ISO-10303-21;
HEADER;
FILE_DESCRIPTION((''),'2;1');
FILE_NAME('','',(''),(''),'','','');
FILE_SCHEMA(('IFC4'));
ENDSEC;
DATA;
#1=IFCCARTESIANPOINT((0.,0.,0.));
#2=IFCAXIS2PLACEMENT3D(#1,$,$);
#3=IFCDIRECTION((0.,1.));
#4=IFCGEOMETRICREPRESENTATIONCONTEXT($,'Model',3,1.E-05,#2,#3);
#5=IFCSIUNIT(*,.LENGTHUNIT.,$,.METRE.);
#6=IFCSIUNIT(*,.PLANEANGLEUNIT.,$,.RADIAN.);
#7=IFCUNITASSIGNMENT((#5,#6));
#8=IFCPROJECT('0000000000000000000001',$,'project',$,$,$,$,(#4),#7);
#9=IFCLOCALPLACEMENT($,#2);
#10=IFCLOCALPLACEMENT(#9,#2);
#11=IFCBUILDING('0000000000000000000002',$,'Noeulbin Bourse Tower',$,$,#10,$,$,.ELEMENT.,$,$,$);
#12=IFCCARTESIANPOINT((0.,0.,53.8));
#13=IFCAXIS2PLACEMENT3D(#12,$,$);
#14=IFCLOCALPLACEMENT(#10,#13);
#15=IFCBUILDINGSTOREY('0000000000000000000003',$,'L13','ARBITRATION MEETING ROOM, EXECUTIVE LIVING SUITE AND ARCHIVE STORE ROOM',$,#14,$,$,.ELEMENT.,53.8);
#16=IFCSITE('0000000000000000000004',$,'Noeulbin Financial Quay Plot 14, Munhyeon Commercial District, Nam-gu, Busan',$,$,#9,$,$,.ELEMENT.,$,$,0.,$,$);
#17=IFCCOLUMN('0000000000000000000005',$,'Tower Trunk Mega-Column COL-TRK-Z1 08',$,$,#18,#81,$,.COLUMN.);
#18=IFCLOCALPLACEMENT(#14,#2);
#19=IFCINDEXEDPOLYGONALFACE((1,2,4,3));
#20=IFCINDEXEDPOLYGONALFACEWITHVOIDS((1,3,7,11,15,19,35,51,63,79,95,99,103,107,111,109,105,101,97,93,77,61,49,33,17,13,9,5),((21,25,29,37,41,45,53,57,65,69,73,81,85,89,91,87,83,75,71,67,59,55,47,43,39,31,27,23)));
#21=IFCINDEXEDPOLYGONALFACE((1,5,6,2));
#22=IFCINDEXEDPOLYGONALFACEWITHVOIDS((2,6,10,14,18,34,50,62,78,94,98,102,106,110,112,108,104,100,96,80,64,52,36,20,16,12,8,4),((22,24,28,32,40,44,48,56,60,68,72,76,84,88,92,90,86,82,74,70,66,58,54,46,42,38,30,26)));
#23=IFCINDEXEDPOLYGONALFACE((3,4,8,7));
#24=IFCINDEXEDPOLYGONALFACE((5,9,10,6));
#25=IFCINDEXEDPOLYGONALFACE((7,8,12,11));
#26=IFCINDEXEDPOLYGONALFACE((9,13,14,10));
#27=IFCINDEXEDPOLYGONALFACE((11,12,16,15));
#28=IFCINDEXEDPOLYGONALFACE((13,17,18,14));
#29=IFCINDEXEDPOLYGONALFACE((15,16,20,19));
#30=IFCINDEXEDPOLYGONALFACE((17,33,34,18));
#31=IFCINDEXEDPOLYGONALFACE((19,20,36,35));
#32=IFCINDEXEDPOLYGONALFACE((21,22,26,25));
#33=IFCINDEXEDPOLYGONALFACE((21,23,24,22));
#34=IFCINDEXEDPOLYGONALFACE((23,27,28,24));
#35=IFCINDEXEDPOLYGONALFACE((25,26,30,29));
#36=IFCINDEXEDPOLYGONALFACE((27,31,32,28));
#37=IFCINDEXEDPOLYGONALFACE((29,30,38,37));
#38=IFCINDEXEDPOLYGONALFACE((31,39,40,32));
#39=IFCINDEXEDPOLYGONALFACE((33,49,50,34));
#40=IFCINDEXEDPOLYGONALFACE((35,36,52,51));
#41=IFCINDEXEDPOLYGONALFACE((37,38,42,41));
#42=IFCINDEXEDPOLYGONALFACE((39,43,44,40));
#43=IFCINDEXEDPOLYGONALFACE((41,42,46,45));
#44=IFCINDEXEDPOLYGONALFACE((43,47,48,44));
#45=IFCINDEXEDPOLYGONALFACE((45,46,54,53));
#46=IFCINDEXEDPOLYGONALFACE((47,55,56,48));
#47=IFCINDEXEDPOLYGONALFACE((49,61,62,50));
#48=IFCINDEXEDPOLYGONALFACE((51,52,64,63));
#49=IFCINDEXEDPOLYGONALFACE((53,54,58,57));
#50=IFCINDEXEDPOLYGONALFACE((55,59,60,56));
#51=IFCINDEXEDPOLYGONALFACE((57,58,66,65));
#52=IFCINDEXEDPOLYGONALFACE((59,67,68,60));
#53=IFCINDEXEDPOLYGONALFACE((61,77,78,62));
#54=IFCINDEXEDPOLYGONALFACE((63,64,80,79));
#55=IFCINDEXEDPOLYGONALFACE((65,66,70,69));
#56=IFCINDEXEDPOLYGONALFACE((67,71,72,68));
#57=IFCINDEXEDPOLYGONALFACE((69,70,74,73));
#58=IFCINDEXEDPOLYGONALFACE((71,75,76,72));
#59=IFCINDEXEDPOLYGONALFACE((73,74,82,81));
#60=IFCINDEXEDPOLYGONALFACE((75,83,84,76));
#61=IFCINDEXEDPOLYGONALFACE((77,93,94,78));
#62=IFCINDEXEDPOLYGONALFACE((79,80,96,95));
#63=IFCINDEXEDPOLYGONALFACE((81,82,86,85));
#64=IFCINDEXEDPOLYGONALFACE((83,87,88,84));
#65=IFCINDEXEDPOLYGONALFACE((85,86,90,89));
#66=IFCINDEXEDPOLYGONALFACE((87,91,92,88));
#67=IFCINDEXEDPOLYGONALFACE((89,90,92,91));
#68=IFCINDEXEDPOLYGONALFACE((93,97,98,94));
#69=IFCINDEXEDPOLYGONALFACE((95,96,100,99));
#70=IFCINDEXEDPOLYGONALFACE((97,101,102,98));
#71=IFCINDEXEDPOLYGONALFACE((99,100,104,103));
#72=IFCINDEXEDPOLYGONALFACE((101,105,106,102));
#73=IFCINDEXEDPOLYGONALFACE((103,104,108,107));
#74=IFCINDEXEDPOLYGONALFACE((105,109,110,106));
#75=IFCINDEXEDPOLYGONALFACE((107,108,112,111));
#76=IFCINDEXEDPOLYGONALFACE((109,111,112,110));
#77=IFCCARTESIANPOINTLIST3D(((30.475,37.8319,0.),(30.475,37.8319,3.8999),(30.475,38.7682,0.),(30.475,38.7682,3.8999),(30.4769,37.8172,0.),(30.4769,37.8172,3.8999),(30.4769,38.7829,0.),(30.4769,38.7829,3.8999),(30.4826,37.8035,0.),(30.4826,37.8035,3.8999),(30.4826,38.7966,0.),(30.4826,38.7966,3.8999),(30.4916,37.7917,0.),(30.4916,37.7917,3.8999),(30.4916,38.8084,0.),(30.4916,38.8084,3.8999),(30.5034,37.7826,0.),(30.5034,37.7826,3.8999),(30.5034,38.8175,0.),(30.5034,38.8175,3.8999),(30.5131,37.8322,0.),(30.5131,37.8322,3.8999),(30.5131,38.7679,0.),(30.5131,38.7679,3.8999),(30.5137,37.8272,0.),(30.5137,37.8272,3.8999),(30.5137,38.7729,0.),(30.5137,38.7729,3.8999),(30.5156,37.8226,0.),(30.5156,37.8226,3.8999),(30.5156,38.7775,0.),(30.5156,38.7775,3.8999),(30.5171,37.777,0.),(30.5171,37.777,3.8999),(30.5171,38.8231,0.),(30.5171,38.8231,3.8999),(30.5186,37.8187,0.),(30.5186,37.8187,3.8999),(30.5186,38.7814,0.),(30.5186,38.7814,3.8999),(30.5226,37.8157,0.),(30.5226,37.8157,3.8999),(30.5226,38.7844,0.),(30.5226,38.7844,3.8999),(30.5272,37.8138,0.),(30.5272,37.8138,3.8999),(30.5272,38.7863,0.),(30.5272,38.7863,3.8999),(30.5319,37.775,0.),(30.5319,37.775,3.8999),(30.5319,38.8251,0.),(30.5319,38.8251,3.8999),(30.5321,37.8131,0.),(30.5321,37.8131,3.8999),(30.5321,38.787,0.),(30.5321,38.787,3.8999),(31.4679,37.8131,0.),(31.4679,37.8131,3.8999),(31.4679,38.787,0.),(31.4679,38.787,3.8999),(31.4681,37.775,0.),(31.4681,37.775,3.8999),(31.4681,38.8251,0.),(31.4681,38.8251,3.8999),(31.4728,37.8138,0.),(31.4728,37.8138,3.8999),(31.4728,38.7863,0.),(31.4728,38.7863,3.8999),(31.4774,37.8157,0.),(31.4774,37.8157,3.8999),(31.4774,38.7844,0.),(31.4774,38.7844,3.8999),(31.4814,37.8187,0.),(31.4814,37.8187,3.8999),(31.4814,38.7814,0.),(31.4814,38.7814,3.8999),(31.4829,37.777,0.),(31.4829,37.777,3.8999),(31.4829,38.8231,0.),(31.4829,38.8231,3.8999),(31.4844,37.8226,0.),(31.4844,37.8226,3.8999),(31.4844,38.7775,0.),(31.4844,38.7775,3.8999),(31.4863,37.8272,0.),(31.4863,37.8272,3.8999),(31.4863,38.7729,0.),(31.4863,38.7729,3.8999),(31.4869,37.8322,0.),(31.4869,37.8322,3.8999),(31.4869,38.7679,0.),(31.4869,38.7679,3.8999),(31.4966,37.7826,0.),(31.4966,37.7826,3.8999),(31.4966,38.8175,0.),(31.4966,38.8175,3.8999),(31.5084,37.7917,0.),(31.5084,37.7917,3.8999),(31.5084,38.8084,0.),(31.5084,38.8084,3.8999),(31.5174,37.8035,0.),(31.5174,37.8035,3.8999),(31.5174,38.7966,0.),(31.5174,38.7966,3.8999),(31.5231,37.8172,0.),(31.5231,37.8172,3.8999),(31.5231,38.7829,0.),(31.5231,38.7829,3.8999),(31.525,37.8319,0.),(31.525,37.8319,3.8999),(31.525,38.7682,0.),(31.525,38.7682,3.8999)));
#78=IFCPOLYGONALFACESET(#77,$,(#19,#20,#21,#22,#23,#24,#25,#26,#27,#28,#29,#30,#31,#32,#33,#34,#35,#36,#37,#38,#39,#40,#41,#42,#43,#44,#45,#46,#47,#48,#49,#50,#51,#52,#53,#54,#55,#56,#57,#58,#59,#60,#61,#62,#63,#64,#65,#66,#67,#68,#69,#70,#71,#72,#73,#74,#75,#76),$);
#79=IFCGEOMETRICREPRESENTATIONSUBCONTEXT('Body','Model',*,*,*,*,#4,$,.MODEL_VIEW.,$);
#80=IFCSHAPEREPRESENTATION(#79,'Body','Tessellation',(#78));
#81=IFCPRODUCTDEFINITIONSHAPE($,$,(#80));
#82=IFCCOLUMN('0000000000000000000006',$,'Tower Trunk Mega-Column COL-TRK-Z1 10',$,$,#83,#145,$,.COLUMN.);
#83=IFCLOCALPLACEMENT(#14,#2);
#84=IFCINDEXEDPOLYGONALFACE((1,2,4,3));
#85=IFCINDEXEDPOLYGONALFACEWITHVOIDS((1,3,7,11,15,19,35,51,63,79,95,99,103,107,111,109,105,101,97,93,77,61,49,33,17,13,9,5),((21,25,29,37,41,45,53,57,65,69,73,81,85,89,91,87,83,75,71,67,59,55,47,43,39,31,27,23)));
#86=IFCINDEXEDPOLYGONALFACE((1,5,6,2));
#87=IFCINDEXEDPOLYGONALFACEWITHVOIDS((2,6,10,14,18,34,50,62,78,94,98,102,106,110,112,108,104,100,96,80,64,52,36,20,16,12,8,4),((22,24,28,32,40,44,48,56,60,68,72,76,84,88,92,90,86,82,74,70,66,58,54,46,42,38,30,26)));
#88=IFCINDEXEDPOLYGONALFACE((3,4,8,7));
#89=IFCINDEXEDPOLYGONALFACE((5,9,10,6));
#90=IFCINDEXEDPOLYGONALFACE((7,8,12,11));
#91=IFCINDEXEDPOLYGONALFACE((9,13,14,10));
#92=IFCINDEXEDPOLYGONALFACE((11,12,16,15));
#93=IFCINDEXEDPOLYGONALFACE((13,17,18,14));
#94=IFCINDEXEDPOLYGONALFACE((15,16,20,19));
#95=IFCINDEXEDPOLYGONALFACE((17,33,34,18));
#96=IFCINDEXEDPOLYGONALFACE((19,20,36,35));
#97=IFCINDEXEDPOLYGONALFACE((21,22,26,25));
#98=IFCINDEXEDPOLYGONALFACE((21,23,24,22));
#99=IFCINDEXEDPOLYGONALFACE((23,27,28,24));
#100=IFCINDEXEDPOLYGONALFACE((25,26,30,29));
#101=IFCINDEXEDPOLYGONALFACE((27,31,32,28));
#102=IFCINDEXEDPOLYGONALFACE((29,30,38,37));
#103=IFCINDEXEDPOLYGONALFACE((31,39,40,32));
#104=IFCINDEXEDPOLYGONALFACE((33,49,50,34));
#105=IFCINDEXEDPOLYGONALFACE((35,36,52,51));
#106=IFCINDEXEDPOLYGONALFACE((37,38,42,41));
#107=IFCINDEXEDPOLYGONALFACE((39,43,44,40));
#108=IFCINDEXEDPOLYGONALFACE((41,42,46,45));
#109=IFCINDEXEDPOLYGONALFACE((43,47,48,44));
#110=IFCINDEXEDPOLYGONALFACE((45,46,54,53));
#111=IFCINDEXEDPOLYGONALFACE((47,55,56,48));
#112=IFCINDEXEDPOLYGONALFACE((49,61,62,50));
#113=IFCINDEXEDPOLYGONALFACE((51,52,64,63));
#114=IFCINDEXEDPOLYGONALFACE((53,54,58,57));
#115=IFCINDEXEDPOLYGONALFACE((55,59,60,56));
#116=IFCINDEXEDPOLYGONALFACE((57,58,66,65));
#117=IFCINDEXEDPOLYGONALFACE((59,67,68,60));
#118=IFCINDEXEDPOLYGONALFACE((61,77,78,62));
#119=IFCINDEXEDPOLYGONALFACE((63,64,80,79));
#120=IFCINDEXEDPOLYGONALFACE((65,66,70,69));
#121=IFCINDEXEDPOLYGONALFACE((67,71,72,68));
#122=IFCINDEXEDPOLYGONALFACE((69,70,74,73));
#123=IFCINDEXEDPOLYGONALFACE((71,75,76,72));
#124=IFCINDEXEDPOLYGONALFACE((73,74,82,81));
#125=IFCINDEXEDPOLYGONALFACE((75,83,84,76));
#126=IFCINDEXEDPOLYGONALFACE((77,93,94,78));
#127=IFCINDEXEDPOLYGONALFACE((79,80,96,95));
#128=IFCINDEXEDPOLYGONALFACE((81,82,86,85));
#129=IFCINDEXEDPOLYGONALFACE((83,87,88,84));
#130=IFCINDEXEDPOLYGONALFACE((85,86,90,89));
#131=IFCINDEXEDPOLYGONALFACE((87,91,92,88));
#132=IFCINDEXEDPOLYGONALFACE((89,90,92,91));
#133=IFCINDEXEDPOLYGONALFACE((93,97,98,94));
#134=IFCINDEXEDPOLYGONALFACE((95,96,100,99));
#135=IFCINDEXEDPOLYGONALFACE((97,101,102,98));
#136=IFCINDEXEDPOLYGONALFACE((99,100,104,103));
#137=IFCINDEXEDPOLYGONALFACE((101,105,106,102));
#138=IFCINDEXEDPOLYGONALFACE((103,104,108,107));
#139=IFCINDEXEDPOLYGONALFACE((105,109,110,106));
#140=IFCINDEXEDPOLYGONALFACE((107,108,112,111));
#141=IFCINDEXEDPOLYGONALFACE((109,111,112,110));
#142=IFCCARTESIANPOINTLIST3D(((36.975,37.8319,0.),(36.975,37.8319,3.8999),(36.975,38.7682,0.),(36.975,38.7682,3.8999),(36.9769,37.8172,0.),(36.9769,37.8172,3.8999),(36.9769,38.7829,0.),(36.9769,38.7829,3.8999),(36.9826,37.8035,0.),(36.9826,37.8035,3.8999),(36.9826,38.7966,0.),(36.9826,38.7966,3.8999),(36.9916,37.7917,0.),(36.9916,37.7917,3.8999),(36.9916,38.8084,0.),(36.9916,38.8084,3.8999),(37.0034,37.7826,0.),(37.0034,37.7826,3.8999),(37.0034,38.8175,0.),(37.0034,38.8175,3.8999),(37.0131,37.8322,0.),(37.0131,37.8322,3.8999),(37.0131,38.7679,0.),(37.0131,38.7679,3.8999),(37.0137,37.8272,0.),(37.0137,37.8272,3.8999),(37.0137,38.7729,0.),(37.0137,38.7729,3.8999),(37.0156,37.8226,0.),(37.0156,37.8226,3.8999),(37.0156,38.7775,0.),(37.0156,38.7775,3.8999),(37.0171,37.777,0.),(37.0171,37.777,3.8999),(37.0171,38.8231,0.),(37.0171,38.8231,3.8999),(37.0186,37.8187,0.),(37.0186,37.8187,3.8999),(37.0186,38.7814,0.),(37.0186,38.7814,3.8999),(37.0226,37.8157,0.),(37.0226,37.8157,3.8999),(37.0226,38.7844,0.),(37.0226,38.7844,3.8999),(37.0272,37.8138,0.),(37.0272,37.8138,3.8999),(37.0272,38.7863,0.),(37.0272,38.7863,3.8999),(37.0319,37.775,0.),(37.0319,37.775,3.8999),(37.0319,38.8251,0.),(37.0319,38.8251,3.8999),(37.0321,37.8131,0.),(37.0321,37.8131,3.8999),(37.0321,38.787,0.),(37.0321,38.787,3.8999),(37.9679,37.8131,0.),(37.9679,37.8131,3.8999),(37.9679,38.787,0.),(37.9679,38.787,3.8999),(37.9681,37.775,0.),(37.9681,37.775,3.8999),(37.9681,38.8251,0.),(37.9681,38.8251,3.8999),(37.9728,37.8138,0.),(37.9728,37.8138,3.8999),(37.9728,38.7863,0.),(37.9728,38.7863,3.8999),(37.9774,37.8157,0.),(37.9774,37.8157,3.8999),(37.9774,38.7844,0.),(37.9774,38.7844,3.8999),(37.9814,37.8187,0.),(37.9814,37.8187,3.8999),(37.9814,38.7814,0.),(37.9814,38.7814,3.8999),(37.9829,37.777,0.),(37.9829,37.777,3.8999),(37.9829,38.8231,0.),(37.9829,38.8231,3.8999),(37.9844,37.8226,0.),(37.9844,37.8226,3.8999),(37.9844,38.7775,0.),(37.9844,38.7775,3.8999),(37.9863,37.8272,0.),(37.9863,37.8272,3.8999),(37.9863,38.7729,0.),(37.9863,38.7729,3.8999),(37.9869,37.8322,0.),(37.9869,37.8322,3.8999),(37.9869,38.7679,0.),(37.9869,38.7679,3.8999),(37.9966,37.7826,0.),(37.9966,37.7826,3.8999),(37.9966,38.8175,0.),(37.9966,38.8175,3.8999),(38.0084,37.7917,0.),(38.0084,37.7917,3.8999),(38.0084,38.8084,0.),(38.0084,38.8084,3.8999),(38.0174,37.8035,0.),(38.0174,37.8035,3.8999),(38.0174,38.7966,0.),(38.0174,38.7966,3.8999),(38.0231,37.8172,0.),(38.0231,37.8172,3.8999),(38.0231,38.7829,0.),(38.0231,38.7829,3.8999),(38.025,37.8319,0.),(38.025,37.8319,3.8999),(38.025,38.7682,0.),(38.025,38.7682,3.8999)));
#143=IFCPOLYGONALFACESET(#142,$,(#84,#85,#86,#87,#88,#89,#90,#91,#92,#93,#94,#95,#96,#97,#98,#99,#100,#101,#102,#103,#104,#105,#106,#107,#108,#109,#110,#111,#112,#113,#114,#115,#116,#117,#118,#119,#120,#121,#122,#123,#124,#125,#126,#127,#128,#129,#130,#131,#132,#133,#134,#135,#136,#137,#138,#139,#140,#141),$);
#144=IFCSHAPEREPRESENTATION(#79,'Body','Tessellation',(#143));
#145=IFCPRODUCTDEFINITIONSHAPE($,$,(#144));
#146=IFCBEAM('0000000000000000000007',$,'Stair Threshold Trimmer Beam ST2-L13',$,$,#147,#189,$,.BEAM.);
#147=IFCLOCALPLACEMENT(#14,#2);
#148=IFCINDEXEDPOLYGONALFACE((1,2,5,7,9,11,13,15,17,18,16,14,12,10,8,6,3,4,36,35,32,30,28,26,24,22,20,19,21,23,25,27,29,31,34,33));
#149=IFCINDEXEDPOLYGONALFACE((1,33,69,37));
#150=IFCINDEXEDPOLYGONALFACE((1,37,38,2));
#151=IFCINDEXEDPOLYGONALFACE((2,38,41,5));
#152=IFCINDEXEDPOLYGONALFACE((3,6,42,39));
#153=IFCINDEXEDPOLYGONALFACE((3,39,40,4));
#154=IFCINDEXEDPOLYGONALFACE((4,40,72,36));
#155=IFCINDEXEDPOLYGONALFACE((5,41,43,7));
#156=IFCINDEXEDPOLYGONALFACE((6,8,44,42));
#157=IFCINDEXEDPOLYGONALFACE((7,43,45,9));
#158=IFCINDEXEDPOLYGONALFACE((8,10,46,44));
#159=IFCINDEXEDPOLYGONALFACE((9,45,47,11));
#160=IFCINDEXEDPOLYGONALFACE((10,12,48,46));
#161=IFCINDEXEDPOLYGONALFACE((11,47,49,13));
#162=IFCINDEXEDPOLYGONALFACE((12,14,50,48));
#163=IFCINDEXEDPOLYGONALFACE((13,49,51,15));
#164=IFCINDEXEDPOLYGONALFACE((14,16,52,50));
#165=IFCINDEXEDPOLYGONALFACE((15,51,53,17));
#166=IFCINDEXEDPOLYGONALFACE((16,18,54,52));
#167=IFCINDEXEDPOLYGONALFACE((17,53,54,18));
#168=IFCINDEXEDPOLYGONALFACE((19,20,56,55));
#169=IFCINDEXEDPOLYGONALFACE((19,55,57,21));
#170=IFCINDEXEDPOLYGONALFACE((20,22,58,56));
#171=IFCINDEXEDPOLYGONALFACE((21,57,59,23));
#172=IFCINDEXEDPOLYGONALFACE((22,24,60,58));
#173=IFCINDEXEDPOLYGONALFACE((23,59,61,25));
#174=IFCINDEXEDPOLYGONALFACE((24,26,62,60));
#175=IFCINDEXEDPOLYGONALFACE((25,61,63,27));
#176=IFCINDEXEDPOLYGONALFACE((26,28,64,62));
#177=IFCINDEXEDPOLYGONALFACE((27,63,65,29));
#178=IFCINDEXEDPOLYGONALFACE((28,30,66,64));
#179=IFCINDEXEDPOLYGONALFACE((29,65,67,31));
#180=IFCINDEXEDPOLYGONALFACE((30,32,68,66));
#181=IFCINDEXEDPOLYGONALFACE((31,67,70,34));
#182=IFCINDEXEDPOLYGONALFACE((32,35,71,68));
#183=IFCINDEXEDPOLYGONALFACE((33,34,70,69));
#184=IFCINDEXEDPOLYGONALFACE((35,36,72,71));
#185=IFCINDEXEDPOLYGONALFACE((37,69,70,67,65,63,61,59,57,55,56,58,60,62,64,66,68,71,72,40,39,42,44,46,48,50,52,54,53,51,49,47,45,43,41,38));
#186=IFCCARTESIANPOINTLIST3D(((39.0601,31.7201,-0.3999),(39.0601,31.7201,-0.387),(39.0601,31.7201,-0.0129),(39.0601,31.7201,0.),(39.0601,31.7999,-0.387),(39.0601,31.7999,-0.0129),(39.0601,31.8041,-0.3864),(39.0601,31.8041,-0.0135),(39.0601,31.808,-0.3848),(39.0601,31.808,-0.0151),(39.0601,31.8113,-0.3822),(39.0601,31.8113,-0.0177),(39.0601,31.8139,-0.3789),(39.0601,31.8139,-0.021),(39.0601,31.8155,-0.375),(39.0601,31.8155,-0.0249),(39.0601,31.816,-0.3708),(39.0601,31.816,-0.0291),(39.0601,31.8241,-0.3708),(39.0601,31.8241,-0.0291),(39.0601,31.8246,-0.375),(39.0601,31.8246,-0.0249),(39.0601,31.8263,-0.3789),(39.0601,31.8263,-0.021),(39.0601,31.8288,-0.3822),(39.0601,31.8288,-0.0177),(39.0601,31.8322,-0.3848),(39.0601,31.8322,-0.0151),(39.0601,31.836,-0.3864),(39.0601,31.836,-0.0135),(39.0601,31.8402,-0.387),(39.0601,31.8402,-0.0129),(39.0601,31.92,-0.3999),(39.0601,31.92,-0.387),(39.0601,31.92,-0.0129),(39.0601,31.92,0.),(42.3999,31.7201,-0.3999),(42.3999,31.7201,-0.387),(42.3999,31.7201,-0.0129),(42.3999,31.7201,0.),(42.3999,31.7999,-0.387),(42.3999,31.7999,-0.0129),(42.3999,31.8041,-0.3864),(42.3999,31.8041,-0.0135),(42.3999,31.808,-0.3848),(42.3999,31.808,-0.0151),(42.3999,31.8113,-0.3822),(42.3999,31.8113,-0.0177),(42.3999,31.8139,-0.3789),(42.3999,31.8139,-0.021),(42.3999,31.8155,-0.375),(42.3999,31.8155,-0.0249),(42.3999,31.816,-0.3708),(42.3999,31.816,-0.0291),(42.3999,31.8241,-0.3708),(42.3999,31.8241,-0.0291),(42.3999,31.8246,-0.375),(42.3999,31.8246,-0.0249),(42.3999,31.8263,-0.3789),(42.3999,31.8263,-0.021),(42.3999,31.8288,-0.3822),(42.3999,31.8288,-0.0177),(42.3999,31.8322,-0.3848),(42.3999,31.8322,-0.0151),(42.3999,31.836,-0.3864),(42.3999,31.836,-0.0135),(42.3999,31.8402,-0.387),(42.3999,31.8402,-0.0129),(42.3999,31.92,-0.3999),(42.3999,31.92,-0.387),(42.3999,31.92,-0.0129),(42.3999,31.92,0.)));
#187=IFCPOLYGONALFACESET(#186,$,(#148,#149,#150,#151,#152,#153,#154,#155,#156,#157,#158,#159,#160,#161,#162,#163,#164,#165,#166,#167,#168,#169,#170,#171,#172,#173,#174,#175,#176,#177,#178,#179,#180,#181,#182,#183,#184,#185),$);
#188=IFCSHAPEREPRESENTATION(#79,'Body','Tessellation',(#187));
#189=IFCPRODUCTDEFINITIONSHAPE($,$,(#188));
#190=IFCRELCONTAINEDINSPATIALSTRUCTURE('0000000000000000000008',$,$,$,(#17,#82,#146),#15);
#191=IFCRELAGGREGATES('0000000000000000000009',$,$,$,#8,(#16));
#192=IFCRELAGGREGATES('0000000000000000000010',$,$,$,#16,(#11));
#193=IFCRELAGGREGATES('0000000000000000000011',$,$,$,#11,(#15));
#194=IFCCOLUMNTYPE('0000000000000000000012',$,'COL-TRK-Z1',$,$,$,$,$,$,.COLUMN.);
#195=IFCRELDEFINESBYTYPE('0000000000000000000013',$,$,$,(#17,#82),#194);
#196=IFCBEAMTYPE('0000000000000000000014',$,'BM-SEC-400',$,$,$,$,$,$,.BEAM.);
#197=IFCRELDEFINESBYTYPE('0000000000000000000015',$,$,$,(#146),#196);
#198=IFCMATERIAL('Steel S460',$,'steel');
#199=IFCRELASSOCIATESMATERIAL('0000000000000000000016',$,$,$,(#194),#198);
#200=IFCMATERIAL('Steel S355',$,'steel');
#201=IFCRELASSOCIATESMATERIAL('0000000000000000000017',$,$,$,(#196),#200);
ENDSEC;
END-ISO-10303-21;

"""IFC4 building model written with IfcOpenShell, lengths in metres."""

from ifc_helpers import new_model, si_unit, direction, frame, origin, origin_2d, place, context, subcontext, project, spatial, hollow_rectangle, i_section, extrude, material, material_profile, profile_set, type_object, element, save


model = new_model("IFC4")

# Units and contexts
model_context = context("Model", 3, precision=1e-05, world=origin(), true_north=direction((0.0, 1.0)))
body_context = subcontext(model_context, "Body", "Model", "MODEL_VIEW")
ifc_project = project(units=[si_unit("LENGTHUNIT", "METRE"), si_unit("PLANEANGLEUNIT", "RADIAN")], contexts=[model_context])

# Site, building, storey
site_placement = place(None, origin())
site = spatial("IfcSite", under=ifc_project, at=site_placement, Name="Noeulbin Financial Quay Plot 14, Munhyeon Commercial District, Nam-gu, Busan", CompositionType="ELEMENT", RefElevation=0.0)
building_placement = place(site_placement, origin())
building = spatial("IfcBuilding", under=site, at=building_placement, Name="Noeulbin Bourse Tower", CompositionType="ELEMENT")
storey_placement = place(building_placement, frame((0.0, 0.0, 53.8)))
storey = spatial("IfcBuildingStorey", under=building, at=storey_placement, Name="L13", Description="ARBITRATION MEETING ROOM, EXECUTIVE LIVING SUITE AND ARCHIVE STORE ROOM", CompositionType="ELEMENT", Elevation=53.8)

# Columns
ifc_material_1 = material(Name="Steel S460", Category="steel")
ifc_material_profile_1 = material_profile(ifc_material_1, hollow_rectangle(XDim=1.05, YDim=1.05, WallThickness=0.0381, InnerFilletRadius=0.019, OuterFilletRadius=0.0569, at=origin_2d()), Name="BOX-1050x1050x38", Category="LoadBearing")
ifc_profile_set_1 = profile_set([ifc_material_profile_1], Name="Steel S460")
column_type = type_object("IfcColumnType", Name="COL-TRK-Z1", PredefinedType="COLUMN", material=ifc_profile_set_1)
for number, where, z_axis, x_axis, name in (
    (1, (31.0, 38.3, 0.0), (0.0, 0.0, 1.0), (1.0, 0.0, 0.0), "Tower Trunk Mega-Column COL-TRK-Z1 08"),
    (2, (37.5, 38.3, 0.0), (0.0, 0.0, 1.0), (1.0, 0.0, 0.0), "Tower Trunk Mega-Column COL-TRK-Z1 10"),
):
    element("IfcColumn", number, at=place(storey_placement, frame(where, z_axis=z_axis, x_axis=x_axis)), inside=storey, type_object=column_type, Name=name, PredefinedType="COLUMN", context=body_context, shape_type="SweptSolid", body=[
        extrude(hollow_rectangle(XDim=1.05, YDim=1.05, WallThickness=0.0381, InnerFilletRadius=0.019, OuterFilletRadius=0.0569, at=origin_2d()), origin(), (0.0, 0.0, 1.0), 3.8999),
    ])

# Beam
ifc_material_2 = material(Name="Steel S355", Category="steel")
ifc_material_profile_2 = material_profile(ifc_material_2, i_section(OverallWidth=0.2, OverallDepth=0.3999, WebThickness=0.0081, FlangeThickness=0.0129, FilletRadius=0.0161, at=origin_2d()), Name="H-400x200x8x13", Category="LoadBearing")
ifc_profile_set_2 = profile_set([ifc_material_profile_2], Name="Steel S355")
beam_type_1 = type_object("IfcBeamType", Name="BM-SEC-400", PredefinedType="BEAM", material=ifc_profile_set_2)
beam_1_placement = place(storey_placement, frame((39.0601, 31.8201, -0.2), z_axis=(1.0, 0.0, 0.0), x_axis=(0.0, 1.0, 0.0)))
element("IfcBeam", 3, at=beam_1_placement, inside=storey, type_object=beam_type_1, Name="Stair Threshold Trimmer Beam ST2-L13", PredefinedType="BEAM", context=body_context, shape_type="SweptSolid", body=[
    extrude(i_section(OverallWidth=0.2, OverallDepth=0.3999, WebThickness=0.0081, FlangeThickness=0.0129, FilletRadius=0.0161, at=origin_2d()), origin(), (0.0, 0.0, 1.0), 3.3398),
])

save(model, "model.ifc")
